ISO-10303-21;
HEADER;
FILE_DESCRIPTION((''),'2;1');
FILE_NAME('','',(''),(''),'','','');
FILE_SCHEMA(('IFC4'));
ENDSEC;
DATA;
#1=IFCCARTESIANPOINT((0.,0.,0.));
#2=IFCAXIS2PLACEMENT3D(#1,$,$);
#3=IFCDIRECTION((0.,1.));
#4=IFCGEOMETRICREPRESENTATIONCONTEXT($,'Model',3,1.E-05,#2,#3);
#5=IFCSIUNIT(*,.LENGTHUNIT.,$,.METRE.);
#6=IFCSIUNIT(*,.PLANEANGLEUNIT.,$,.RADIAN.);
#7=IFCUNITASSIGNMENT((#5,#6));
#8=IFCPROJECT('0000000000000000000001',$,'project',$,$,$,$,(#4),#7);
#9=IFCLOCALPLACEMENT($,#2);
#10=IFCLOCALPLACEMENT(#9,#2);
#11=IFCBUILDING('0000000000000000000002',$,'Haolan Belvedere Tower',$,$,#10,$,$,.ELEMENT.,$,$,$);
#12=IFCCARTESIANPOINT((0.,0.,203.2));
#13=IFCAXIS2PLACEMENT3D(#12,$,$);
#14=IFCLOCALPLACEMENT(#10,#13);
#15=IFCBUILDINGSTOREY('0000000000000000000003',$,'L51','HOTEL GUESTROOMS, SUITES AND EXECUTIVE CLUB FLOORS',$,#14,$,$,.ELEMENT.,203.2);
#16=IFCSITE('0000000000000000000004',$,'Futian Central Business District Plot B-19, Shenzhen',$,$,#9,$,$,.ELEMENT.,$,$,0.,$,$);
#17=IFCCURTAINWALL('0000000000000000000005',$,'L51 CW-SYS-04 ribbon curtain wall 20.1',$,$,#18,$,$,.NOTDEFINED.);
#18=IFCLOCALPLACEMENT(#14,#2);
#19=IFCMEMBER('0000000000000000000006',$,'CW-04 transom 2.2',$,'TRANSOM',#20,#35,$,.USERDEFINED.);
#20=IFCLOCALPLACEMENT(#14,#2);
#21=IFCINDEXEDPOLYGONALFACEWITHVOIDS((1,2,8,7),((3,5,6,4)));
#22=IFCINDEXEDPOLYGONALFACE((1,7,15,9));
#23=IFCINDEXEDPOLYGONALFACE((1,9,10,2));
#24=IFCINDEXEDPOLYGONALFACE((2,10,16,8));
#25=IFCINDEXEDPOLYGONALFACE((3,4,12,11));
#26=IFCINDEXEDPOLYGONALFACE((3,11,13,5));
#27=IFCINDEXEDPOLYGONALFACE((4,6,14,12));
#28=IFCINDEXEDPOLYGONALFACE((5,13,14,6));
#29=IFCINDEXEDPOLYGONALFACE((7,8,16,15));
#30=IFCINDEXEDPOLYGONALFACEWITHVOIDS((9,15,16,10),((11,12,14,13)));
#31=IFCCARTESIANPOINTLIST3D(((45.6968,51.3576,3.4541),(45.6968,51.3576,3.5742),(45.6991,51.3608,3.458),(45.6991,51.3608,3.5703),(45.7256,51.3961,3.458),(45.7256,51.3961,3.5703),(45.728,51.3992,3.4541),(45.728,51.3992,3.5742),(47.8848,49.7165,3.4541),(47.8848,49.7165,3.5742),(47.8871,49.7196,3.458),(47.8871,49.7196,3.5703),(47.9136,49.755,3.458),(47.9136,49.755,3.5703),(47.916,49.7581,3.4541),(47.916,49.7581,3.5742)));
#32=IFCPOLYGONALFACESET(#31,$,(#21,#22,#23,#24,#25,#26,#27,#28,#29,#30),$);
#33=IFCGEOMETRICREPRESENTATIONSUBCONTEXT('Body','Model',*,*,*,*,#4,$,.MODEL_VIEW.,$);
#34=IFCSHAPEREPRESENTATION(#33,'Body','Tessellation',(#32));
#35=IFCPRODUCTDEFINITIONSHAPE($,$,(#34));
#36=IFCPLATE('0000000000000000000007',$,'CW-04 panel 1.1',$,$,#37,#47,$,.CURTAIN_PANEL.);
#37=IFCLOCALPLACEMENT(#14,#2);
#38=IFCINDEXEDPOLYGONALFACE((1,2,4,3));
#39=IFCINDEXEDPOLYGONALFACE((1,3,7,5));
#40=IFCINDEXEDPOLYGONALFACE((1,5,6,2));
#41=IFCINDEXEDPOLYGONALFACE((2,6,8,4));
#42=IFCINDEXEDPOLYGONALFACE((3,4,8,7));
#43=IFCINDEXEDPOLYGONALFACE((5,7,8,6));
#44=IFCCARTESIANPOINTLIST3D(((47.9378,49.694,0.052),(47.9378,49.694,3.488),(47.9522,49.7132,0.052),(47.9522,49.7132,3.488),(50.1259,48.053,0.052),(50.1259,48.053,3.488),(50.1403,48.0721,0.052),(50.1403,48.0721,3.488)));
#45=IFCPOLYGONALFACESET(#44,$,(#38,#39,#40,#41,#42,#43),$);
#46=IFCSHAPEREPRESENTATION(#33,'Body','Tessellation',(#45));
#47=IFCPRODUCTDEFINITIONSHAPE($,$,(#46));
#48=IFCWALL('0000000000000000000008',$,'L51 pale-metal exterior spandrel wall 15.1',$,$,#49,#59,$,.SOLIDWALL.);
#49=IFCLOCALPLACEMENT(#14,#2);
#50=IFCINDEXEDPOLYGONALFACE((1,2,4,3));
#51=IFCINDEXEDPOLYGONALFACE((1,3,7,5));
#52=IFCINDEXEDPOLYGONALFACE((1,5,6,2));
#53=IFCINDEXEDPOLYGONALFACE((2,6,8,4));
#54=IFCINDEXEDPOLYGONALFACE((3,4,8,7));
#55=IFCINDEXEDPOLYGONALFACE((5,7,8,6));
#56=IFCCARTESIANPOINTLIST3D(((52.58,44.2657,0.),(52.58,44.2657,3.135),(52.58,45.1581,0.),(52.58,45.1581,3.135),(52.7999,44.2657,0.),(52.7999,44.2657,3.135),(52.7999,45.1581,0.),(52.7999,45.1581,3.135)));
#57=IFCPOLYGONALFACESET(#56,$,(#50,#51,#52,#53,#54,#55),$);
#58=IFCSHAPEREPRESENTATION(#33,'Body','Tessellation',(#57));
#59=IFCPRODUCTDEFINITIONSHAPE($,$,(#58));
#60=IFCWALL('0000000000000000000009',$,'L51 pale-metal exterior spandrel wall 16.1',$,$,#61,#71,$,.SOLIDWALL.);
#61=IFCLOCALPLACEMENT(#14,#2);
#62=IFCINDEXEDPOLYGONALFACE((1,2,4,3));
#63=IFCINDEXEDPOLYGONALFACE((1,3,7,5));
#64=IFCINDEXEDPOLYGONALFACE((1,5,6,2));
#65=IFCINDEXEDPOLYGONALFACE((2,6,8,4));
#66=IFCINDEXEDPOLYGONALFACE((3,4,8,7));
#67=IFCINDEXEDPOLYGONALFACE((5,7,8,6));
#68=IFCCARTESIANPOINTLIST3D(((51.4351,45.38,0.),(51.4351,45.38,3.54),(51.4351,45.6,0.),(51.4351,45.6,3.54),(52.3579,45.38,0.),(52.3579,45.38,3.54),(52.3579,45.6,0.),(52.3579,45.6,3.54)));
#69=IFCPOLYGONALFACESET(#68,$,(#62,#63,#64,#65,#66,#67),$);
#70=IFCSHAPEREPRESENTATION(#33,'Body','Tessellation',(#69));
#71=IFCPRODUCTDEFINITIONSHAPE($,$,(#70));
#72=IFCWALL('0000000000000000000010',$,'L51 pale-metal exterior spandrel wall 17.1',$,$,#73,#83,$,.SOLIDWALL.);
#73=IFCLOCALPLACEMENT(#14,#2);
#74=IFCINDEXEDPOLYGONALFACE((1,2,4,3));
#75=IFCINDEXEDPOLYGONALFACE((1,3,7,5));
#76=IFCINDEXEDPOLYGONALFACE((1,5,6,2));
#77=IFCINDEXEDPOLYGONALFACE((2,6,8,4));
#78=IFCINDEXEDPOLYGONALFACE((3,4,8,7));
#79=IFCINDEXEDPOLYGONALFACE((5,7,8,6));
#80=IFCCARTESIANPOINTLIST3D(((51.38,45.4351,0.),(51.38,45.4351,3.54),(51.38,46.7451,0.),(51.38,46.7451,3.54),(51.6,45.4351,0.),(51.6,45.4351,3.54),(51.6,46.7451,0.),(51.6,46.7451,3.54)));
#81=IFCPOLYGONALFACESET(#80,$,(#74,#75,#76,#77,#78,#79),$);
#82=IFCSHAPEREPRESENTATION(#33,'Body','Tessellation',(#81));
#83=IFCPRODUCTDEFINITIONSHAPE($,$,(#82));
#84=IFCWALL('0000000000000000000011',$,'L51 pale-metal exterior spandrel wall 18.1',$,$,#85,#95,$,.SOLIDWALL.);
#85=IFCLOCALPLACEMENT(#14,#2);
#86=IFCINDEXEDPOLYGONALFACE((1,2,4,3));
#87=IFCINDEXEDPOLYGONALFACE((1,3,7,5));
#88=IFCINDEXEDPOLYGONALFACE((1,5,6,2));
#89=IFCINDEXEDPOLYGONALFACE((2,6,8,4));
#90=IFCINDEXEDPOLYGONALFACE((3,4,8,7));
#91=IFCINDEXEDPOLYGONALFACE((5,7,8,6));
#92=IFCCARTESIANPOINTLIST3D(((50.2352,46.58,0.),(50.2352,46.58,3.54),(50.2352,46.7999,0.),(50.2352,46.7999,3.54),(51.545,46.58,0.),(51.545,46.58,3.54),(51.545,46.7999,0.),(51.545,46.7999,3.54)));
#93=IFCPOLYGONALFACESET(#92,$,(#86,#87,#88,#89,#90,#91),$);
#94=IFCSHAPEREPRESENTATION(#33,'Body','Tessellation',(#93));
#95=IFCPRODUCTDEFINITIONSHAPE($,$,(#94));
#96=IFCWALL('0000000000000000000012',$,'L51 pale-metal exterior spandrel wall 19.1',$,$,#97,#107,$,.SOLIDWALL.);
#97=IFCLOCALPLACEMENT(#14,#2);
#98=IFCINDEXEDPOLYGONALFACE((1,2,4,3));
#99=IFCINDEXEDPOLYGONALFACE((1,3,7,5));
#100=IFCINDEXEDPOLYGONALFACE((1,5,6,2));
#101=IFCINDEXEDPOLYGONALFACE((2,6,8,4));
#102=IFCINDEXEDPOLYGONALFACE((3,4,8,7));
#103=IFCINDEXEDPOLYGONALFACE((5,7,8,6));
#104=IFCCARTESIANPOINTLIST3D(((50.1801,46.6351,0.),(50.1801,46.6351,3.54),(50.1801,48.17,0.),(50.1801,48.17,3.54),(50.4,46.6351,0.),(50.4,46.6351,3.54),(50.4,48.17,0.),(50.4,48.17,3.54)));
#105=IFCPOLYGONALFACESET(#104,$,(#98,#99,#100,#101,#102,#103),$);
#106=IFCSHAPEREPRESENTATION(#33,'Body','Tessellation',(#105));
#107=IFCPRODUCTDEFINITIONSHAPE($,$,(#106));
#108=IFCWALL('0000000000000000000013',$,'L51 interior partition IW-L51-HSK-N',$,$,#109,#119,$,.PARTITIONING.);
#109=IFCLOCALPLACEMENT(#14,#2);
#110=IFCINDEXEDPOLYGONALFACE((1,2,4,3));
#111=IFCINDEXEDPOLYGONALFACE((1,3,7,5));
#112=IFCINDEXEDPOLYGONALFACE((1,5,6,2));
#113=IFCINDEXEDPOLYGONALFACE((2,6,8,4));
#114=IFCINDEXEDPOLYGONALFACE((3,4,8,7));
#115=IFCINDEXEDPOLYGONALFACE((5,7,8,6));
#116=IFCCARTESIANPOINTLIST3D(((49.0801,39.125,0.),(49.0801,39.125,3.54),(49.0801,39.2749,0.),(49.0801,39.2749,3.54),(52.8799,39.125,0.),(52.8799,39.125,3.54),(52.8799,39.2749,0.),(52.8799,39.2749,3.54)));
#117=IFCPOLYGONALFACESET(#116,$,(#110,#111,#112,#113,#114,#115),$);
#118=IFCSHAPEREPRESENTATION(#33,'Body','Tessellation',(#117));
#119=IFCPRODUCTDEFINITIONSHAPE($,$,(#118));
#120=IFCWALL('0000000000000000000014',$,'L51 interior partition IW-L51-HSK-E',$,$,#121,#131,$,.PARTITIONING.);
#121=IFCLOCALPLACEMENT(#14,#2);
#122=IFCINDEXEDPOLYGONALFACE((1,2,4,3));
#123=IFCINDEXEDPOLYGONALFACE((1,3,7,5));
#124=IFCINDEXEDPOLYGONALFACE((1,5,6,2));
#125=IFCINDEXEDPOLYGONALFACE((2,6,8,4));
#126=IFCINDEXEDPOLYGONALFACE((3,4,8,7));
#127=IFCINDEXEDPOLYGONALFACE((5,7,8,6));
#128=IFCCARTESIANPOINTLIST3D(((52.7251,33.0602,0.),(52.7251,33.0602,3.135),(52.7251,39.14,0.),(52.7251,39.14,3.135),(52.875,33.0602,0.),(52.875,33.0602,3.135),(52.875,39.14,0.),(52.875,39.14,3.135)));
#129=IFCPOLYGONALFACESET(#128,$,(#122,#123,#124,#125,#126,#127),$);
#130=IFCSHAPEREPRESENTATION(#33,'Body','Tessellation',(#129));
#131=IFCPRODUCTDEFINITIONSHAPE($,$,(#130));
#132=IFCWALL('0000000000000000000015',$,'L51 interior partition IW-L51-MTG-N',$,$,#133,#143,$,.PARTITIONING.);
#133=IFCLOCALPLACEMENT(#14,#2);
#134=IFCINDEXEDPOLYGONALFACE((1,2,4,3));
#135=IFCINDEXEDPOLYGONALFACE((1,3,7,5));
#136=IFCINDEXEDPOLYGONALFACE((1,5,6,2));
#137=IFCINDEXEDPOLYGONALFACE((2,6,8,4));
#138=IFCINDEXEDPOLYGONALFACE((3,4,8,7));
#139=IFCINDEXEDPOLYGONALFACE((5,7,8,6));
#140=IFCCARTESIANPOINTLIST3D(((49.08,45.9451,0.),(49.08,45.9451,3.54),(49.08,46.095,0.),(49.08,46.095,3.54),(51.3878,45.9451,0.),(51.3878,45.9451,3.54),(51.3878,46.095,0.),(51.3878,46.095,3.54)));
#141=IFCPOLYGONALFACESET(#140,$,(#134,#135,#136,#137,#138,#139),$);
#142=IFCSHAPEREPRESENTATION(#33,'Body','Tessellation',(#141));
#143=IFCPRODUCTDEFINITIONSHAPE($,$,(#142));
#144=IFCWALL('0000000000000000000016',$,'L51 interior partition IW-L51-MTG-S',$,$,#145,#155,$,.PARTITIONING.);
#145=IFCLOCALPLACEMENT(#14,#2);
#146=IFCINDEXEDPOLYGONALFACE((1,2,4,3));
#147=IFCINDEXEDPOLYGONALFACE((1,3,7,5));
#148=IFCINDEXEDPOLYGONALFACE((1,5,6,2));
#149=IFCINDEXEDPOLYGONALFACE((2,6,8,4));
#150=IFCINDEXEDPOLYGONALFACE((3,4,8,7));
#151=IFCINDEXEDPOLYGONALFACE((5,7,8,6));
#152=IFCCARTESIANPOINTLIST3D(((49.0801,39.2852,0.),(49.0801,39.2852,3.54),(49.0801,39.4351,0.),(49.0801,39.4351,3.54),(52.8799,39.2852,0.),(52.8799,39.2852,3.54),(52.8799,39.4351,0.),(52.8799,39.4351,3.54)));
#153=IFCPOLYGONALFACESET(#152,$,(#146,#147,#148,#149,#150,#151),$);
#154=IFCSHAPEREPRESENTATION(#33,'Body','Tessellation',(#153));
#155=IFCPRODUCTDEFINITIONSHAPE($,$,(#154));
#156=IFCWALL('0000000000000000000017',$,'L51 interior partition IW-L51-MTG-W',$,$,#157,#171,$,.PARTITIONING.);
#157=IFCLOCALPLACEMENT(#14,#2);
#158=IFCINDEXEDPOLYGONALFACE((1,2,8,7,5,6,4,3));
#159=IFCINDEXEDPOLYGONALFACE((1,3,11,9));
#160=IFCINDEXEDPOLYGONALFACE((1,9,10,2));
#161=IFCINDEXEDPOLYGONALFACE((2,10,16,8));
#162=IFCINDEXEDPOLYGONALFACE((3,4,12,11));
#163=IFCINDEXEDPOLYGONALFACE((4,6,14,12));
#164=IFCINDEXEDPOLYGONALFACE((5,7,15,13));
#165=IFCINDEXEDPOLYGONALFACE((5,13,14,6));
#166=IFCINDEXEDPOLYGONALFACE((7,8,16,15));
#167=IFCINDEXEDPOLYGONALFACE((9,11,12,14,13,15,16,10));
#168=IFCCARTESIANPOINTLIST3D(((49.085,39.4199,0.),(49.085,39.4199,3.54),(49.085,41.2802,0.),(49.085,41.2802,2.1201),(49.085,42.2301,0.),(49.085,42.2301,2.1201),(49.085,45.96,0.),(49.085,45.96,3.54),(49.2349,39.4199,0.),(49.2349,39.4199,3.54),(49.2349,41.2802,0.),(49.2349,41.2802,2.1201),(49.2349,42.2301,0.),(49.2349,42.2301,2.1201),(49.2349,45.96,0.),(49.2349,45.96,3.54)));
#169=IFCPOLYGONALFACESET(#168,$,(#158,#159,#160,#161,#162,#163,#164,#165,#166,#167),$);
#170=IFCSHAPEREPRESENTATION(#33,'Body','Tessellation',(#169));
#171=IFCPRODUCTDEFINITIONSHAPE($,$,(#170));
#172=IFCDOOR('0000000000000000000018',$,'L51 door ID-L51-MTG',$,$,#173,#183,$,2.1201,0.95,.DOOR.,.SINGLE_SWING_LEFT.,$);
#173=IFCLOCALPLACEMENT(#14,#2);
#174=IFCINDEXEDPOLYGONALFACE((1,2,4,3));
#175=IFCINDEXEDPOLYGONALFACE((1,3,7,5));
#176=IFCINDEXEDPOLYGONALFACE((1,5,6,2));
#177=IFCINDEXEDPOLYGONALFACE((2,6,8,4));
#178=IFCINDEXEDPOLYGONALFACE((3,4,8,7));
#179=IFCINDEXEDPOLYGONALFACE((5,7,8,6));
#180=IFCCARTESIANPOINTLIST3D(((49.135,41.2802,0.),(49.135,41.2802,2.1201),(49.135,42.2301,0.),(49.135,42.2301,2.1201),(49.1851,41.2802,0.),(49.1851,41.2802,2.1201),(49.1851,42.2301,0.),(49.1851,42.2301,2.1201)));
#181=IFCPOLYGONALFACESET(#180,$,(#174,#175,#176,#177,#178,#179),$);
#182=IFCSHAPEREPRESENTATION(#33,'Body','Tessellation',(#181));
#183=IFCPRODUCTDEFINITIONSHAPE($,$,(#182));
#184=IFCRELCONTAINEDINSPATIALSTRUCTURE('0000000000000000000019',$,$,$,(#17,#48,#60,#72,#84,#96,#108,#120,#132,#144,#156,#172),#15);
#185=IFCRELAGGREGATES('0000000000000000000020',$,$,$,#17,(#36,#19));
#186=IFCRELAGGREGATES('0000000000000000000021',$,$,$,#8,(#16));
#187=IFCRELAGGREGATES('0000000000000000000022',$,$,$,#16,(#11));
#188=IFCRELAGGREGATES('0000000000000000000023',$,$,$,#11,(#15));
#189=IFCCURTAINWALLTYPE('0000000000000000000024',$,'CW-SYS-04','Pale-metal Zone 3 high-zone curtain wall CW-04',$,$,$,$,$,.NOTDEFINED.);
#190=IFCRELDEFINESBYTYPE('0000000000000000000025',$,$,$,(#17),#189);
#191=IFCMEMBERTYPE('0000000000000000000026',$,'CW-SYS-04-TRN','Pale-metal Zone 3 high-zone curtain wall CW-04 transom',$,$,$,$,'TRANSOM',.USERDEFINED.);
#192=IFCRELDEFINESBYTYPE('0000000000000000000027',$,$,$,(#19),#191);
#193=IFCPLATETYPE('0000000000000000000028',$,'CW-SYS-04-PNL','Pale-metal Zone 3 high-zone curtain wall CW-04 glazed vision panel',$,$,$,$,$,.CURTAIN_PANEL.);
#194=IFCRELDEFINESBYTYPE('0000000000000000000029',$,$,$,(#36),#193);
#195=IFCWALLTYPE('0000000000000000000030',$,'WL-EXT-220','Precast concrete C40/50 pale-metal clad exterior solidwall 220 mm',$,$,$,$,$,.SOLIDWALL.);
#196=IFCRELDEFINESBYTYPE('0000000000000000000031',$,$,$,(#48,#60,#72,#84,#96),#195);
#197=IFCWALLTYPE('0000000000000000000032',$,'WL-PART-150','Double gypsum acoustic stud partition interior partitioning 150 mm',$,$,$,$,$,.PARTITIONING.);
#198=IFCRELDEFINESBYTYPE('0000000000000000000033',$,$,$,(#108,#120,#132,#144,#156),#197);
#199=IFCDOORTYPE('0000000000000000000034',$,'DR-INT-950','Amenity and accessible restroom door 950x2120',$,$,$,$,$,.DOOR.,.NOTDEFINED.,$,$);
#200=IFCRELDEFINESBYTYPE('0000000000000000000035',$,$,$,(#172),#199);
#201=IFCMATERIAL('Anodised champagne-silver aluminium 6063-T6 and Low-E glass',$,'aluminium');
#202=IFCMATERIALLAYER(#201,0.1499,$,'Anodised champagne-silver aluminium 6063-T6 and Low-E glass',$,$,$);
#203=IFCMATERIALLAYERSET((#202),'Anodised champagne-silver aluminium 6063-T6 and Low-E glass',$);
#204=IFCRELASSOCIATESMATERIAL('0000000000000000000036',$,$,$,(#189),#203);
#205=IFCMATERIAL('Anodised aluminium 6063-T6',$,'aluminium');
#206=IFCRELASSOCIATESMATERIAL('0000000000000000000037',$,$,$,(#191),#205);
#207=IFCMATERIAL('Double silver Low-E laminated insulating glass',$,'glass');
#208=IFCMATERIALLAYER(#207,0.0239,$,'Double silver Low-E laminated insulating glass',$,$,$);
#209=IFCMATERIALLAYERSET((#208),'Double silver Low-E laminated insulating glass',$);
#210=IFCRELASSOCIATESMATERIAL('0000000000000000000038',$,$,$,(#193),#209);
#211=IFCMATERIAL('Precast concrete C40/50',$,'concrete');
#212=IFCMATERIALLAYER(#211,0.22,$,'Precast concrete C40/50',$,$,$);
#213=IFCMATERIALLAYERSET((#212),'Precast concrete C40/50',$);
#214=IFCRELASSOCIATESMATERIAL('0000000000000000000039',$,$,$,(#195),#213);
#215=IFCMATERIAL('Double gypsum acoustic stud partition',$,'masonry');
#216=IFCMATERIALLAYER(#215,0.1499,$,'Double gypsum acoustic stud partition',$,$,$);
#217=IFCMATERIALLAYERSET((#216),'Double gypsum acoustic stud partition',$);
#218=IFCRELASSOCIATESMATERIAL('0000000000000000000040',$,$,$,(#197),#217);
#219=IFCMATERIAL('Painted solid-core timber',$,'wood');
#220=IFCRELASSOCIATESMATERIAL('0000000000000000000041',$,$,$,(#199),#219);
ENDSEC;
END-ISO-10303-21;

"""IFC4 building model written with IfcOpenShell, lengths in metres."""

from ifc_helpers import new_model, si_unit, direction, frame, frame_2d, origin, origin_2d, place, context, subcontext, project, spatial, rectangle, hollow_rectangle, extrude, material, layer, layer_set, material_profile, profile_set, type_object, element, fill, aggregate, save


model = new_model("IFC4")

# Units and contexts
model_context = context("Model", 3, precision=1e-05, world=origin(), true_north=direction((0.0, 1.0)))
body_context = subcontext(model_context, "Body", "Model", "MODEL_VIEW")
ifc_project = project(units=[si_unit("LENGTHUNIT", "METRE"), si_unit("PLANEANGLEUNIT", "RADIAN")], contexts=[model_context])

# Site, building, storey
site_placement = place(None, origin())
site = spatial("IfcSite", under=ifc_project, at=site_placement, Name="Futian Central Business District Plot B-19, Shenzhen", CompositionType="ELEMENT", RefElevation=0.0)
building_placement = place(site_placement, origin())
building = spatial("IfcBuilding", under=site, at=building_placement, Name="Haolan Belvedere Tower", CompositionType="ELEMENT")
storey_placement = place(building_placement, frame((0.0, 0.0, 203.2)))
storey = spatial("IfcBuildingStorey", under=building, at=storey_placement, Name="L51", Description="HOTEL GUESTROOMS, SUITES AND EXECUTIVE CLUB FLOORS", CompositionType="ELEMENT", Elevation=203.2)

# Curtain wall, member, plate
ifc_material_1 = material(Name="Anodised champagne-silver aluminium 6063-T6 and Low-E glass", Category="aluminium")
ifc_layer_1 = layer(ifc_material_1, 0.1499, Name="Anodised champagne-silver aluminium 6063-T6 and Low-E glass")
ifc_layer_set_1 = layer_set([ifc_layer_1], Name="Anodised champagne-silver aluminium 6063-T6 and Low-E glass")
curtain_wall_type = type_object("IfcCurtainWallType", Name="CW-SYS-04", Description="Pale-metal Zone 3 high-zone curtain wall CW-04", PredefinedType="NOTDEFINED", material=ifc_layer_set_1)
curtain_wall_placement = place(storey_placement, origin())
curtain_wall = element("IfcCurtainWall", 1, at=curtain_wall_placement, inside=storey, type_object=curtain_wall_type, Name="L51 CW-SYS-04 ribbon curtain wall 20.1", PredefinedType="NOTDEFINED")
ifc_material_2 = material(Name="Anodised aluminium 6063-T6", Category="aluminium")
ifc_material_profile_1 = material_profile(ifc_material_2, hollow_rectangle(XDim=0.052, YDim=0.1201, WallThickness=0.0039, at=origin_2d()), Name="Anodised aluminium 6063-T6")
ifc_profile_set_1 = profile_set([ifc_material_profile_1], Name="Anodised aluminium 6063-T6")
member_type_1 = type_object("IfcMemberType", Name="CW-SYS-04-TRN", Description="Pale-metal Zone 3 high-zone curtain wall CW-04 transom", ElementType="TRANSOM", PredefinedType="USERDEFINED", material=ifc_profile_set_1)
member_1_placement = place(storey_placement, frame((47.9004, 49.7373, 3.5142), z_axis=(-0.799979, 0.600029, 0.0), x_axis=(-0.600029, -0.799979, 0.0)))
member_1 = element("IfcMember", 2, at=member_1_placement, type_object=member_type_1, Name="CW-04 transom 2.2", ObjectType="TRANSOM", PredefinedType="USERDEFINED", context=body_context, shape_type="SweptSolid", body=[
    extrude(hollow_rectangle(XDim=0.052, YDim=0.1201, WallThickness=0.0039, at=origin_2d()), origin(), (0.0, 0.0, 1.0), 2.7351),
])
ifc_material_3 = material(Name="Double silver Low-E laminated insulating glass", Category="glass")
ifc_layer_2 = layer(ifc_material_3, 0.0239, Name="Double silver Low-E laminated insulating glass")
ifc_layer_set_2 = layer_set([ifc_layer_2], Name="Double silver Low-E laminated insulating glass")
plate_type = type_object("IfcPlateType", Name="CW-SYS-04-PNL", Description="Pale-metal Zone 3 high-zone curtain wall CW-04 glazed vision panel", PredefinedType="CURTAIN_PANEL", material=ifc_layer_set_2)
plate_placement = place(storey_placement, frame((49.0391, 48.8831, 0.052), z_axis=(0.0, 0.0, 1.0), x_axis=(-0.799998, 0.600003, 0.0)))
plate = element("IfcPlate", 3, at=plate_placement, type_object=plate_type, Name="CW-04 panel 1.1", PredefinedType="CURTAIN_PANEL", context=body_context, shape_type="SweptSolid", body=[
    extrude(rectangle(XDim=2.7351, YDim=0.0239, at=origin_2d()), origin(), (0.0, 0.0, 1.0), 3.436),
])
aggregate(curtain_wall, [plate, member_1])

# Walls
ifc_material_4 = material(Name="Precast concrete C40/50", Category="concrete")
ifc_layer_3 = layer(ifc_material_4, 0.22, Name="Precast concrete C40/50")
ifc_layer_set_3 = layer_set([ifc_layer_3], Name="Precast concrete C40/50")
wall_type_1 = type_object("IfcWallType", Name="WL-EXT-220", Description="Precast concrete C40/50 pale-metal clad exterior solidwall 220 mm", PredefinedType="SOLIDWALL", material=ifc_layer_set_3)
wall_1_placement = place(storey_placement, frame((52.6899, 44.2656, 0.0), z_axis=(0.0, 0.0, 1.0), x_axis=(0.0, 1.0, 0.0)))
element("IfcWall", 4, at=wall_1_placement, inside=storey, type_object=wall_type_1, Name="L51 pale-metal exterior spandrel wall 15.1", PredefinedType="SOLIDWALL", context=body_context, shape_type="SweptSolid", body=[
    extrude(rectangle(XDim=0.8923, YDim=0.22, at=frame_2d((0.4463, 0.0))), origin(), (0.0, 0.0, 1.0), 3.135),
])
wall_2_placement = place(storey_placement, frame((52.3579, 45.49, 0.0), z_axis=(0.0, 0.0, 1.0), x_axis=(-1.0, 0.0, 0.0)))
element("IfcWall", 5, at=wall_2_placement, inside=storey, type_object=wall_type_1, Name="L51 pale-metal exterior spandrel wall 16.1", PredefinedType="SOLIDWALL", context=body_context, shape_type="SweptSolid", body=[
    extrude(rectangle(XDim=0.9229, YDim=0.22, at=frame_2d((0.4614, 0.0))), origin(), (0.0, 0.0, 1.0), 3.54),
])
wall_3_placement = place(storey_placement, frame((51.49, 45.4351, 0.0), z_axis=(0.0, 0.0, 1.0), x_axis=(0.0, 1.0, 0.0)))
element("IfcWall", 6, at=wall_3_placement, inside=storey, type_object=wall_type_1, Name="L51 pale-metal exterior spandrel wall 17.1", PredefinedType="SOLIDWALL", context=body_context, shape_type="SweptSolid", body=[
    extrude(rectangle(XDim=1.3101, YDim=0.22, at=frame_2d((0.655, 0.0))), origin(), (0.0, 0.0, 1.0), 3.54),
])
wall_4_placement = place(storey_placement, frame((51.5449, 46.6899, 0.0), z_axis=(0.0, 0.0, 1.0), x_axis=(-1.0, 0.0, 0.0)))
element("IfcWall", 7, at=wall_4_placement, inside=storey, type_object=wall_type_1, Name="L51 pale-metal exterior spandrel wall 18.1", PredefinedType="SOLIDWALL", context=body_context, shape_type="SweptSolid", body=[
    extrude(rectangle(XDim=1.3098, YDim=0.22, at=frame_2d((0.6548, 0.0))), origin(), (0.0, 0.0, 1.0), 3.54),
])
wall_5_placement = place(storey_placement, frame((50.29, 46.635, 0.0), z_axis=(0.0, 0.0, 1.0), x_axis=(0.0, 1.0, 0.0)))
element("IfcWall", 8, at=wall_5_placement, inside=storey, type_object=wall_type_1, Name="L51 pale-metal exterior spandrel wall 19.1", PredefinedType="SOLIDWALL", context=body_context, shape_type="SweptSolid", body=[
    extrude(rectangle(XDim=1.5349, YDim=0.22, at=frame_2d((0.7676, 0.0))), origin(), (0.0, 0.0, 1.0), 3.54),
])
ifc_material_5 = material(Name="Double gypsum acoustic stud partition", Category="masonry")
ifc_layer_4 = layer(ifc_material_5, 0.1499, Name="Double gypsum acoustic stud partition")
ifc_layer_set_4 = layer_set([ifc_layer_4], Name="Double gypsum acoustic stud partition")
wall_type_2 = type_object("IfcWallType", Name="WL-PART-150", Description="Double gypsum acoustic stud partition interior partitioning 150 mm", PredefinedType="PARTITIONING", material=ifc_layer_set_4)
wall_6_placement = place(storey_placement, frame((49.0801, 39.2, 0.0), z_axis=(0.0, 0.0, 1.0), x_axis=(1.0, 0.0, 0.0)))
element("IfcWall", 9, at=wall_6_placement, inside=storey, type_object=wall_type_2, Name="L51 interior partition IW-L51-HSK-N", PredefinedType="PARTITIONING", context=body_context, shape_type="SweptSolid", body=[
    extrude(rectangle(XDim=3.7998, YDim=0.1499, at=frame_2d((1.8999, 0.0))), origin(), (0.0, 0.0, 1.0), 3.54),
])
wall_7_placement = place(storey_placement, frame((52.8, 33.0601, 0.0), z_axis=(0.0, 0.0, 1.0), x_axis=(0.0, 1.0, 0.0)))
element("IfcWall", 10, at=wall_7_placement, inside=storey, type_object=wall_type_2, Name="L51 interior partition IW-L51-HSK-E", PredefinedType="PARTITIONING", context=body_context, shape_type="SweptSolid", body=[
    extrude(rectangle(XDim=6.0798, YDim=0.1499, at=frame_2d((3.04, 0.0))), origin(), (0.0, 0.0, 1.0), 3.135),
])
wall_8_placement = place(storey_placement, frame((49.0801, 46.02, 0.0), z_axis=(0.0, 0.0, 1.0), x_axis=(1.0, 0.0, 0.0)))
element("IfcWall", 11, at=wall_8_placement, inside=storey, type_object=wall_type_2, Name="L51 interior partition IW-L51-MTG-N", PredefinedType="PARTITIONING", context=body_context, shape_type="SweptSolid", body=[
    extrude(rectangle(XDim=2.3079, YDim=0.1499, at=frame_2d((1.1538, 0.0))), origin(), (0.0, 0.0, 1.0), 3.54),
])
wall_9_placement = place(storey_placement, frame((49.0801, 39.3601, 0.0), z_axis=(0.0, 0.0, 1.0), x_axis=(1.0, 0.0, 0.0)))
element("IfcWall", 12, at=wall_9_placement, inside=storey, type_object=wall_type_2, Name="L51 interior partition IW-L51-MTG-S", PredefinedType="PARTITIONING", context=body_context, shape_type="SweptSolid", body=[
    extrude(rectangle(XDim=3.7998, YDim=0.1499, at=frame_2d((1.8999, 0.0))), origin(), (0.0, 0.0, 1.0), 3.54),
])

# Wall, opening, door
wall_10_placement = place(storey_placement, frame((49.1599, 39.4199, 0.0), z_axis=(0.0, 0.0, 1.0), x_axis=(0.0, 1.0, 0.0)))
wall_10 = element("IfcWall", 13, at=wall_10_placement, inside=storey, type_object=wall_type_2, Name="L51 interior partition IW-L51-MTG-W", PredefinedType="PARTITIONING", context=body_context, shape_type="SweptSolid", body=[
    extrude(rectangle(XDim=6.54, YDim=0.1499, at=frame_2d((3.27, 0.0))), origin(), (0.0, 0.0, 1.0), 3.54),
])
opening_placement = place(wall_10_placement, frame((1.8601, 0.0, 0.0)))
opening = element("IfcOpeningElement", 14, at=opening_placement, cuts=wall_10, PredefinedType="OPENING", context=body_context, shape_type="SweptSolid", body=[
    extrude(rectangle(XDim=0.95, YDim=2.1201, at=frame_2d((0.4751, 1.0601))), frame((0.0, 0.085, 0.0), z_axis=(0.0, -1.0, 0.0), x_axis=(1.0, 0.0, 0.0)), (0.0, 0.0, 1.0), 0.1699),
])
ifc_material_6 = material(Name="Painted solid-core timber", Category="wood")
door_type = type_object("IfcDoorType", Name="DR-INT-950", Description="Amenity and accessible restroom door 950x2120", OperationType="NOTDEFINED", PredefinedType="DOOR", material=ifc_material_6)
door_placement = place(opening_placement, origin())
door = element("IfcDoor", 15, at=door_placement, inside=storey, type_object=door_type, Name="L51 door ID-L51-MTG", OperationType="SINGLE_SWING_LEFT", OverallHeight=2.1201, OverallWidth=0.95, PredefinedType="DOOR", context=body_context, shape_type="SweptSolid", body=[
    extrude(rectangle(XDim=0.95, YDim=2.1201, at=frame_2d((0.4751, 1.0601))), frame((0.0, 0.0249, 0.0), z_axis=(0.0, -1.0, 0.0), x_axis=(1.0, 0.0, 0.0)), (0.0, 0.0, 1.0), 0.05),
])
fill(opening, door)

save(model, "model.ifc")
